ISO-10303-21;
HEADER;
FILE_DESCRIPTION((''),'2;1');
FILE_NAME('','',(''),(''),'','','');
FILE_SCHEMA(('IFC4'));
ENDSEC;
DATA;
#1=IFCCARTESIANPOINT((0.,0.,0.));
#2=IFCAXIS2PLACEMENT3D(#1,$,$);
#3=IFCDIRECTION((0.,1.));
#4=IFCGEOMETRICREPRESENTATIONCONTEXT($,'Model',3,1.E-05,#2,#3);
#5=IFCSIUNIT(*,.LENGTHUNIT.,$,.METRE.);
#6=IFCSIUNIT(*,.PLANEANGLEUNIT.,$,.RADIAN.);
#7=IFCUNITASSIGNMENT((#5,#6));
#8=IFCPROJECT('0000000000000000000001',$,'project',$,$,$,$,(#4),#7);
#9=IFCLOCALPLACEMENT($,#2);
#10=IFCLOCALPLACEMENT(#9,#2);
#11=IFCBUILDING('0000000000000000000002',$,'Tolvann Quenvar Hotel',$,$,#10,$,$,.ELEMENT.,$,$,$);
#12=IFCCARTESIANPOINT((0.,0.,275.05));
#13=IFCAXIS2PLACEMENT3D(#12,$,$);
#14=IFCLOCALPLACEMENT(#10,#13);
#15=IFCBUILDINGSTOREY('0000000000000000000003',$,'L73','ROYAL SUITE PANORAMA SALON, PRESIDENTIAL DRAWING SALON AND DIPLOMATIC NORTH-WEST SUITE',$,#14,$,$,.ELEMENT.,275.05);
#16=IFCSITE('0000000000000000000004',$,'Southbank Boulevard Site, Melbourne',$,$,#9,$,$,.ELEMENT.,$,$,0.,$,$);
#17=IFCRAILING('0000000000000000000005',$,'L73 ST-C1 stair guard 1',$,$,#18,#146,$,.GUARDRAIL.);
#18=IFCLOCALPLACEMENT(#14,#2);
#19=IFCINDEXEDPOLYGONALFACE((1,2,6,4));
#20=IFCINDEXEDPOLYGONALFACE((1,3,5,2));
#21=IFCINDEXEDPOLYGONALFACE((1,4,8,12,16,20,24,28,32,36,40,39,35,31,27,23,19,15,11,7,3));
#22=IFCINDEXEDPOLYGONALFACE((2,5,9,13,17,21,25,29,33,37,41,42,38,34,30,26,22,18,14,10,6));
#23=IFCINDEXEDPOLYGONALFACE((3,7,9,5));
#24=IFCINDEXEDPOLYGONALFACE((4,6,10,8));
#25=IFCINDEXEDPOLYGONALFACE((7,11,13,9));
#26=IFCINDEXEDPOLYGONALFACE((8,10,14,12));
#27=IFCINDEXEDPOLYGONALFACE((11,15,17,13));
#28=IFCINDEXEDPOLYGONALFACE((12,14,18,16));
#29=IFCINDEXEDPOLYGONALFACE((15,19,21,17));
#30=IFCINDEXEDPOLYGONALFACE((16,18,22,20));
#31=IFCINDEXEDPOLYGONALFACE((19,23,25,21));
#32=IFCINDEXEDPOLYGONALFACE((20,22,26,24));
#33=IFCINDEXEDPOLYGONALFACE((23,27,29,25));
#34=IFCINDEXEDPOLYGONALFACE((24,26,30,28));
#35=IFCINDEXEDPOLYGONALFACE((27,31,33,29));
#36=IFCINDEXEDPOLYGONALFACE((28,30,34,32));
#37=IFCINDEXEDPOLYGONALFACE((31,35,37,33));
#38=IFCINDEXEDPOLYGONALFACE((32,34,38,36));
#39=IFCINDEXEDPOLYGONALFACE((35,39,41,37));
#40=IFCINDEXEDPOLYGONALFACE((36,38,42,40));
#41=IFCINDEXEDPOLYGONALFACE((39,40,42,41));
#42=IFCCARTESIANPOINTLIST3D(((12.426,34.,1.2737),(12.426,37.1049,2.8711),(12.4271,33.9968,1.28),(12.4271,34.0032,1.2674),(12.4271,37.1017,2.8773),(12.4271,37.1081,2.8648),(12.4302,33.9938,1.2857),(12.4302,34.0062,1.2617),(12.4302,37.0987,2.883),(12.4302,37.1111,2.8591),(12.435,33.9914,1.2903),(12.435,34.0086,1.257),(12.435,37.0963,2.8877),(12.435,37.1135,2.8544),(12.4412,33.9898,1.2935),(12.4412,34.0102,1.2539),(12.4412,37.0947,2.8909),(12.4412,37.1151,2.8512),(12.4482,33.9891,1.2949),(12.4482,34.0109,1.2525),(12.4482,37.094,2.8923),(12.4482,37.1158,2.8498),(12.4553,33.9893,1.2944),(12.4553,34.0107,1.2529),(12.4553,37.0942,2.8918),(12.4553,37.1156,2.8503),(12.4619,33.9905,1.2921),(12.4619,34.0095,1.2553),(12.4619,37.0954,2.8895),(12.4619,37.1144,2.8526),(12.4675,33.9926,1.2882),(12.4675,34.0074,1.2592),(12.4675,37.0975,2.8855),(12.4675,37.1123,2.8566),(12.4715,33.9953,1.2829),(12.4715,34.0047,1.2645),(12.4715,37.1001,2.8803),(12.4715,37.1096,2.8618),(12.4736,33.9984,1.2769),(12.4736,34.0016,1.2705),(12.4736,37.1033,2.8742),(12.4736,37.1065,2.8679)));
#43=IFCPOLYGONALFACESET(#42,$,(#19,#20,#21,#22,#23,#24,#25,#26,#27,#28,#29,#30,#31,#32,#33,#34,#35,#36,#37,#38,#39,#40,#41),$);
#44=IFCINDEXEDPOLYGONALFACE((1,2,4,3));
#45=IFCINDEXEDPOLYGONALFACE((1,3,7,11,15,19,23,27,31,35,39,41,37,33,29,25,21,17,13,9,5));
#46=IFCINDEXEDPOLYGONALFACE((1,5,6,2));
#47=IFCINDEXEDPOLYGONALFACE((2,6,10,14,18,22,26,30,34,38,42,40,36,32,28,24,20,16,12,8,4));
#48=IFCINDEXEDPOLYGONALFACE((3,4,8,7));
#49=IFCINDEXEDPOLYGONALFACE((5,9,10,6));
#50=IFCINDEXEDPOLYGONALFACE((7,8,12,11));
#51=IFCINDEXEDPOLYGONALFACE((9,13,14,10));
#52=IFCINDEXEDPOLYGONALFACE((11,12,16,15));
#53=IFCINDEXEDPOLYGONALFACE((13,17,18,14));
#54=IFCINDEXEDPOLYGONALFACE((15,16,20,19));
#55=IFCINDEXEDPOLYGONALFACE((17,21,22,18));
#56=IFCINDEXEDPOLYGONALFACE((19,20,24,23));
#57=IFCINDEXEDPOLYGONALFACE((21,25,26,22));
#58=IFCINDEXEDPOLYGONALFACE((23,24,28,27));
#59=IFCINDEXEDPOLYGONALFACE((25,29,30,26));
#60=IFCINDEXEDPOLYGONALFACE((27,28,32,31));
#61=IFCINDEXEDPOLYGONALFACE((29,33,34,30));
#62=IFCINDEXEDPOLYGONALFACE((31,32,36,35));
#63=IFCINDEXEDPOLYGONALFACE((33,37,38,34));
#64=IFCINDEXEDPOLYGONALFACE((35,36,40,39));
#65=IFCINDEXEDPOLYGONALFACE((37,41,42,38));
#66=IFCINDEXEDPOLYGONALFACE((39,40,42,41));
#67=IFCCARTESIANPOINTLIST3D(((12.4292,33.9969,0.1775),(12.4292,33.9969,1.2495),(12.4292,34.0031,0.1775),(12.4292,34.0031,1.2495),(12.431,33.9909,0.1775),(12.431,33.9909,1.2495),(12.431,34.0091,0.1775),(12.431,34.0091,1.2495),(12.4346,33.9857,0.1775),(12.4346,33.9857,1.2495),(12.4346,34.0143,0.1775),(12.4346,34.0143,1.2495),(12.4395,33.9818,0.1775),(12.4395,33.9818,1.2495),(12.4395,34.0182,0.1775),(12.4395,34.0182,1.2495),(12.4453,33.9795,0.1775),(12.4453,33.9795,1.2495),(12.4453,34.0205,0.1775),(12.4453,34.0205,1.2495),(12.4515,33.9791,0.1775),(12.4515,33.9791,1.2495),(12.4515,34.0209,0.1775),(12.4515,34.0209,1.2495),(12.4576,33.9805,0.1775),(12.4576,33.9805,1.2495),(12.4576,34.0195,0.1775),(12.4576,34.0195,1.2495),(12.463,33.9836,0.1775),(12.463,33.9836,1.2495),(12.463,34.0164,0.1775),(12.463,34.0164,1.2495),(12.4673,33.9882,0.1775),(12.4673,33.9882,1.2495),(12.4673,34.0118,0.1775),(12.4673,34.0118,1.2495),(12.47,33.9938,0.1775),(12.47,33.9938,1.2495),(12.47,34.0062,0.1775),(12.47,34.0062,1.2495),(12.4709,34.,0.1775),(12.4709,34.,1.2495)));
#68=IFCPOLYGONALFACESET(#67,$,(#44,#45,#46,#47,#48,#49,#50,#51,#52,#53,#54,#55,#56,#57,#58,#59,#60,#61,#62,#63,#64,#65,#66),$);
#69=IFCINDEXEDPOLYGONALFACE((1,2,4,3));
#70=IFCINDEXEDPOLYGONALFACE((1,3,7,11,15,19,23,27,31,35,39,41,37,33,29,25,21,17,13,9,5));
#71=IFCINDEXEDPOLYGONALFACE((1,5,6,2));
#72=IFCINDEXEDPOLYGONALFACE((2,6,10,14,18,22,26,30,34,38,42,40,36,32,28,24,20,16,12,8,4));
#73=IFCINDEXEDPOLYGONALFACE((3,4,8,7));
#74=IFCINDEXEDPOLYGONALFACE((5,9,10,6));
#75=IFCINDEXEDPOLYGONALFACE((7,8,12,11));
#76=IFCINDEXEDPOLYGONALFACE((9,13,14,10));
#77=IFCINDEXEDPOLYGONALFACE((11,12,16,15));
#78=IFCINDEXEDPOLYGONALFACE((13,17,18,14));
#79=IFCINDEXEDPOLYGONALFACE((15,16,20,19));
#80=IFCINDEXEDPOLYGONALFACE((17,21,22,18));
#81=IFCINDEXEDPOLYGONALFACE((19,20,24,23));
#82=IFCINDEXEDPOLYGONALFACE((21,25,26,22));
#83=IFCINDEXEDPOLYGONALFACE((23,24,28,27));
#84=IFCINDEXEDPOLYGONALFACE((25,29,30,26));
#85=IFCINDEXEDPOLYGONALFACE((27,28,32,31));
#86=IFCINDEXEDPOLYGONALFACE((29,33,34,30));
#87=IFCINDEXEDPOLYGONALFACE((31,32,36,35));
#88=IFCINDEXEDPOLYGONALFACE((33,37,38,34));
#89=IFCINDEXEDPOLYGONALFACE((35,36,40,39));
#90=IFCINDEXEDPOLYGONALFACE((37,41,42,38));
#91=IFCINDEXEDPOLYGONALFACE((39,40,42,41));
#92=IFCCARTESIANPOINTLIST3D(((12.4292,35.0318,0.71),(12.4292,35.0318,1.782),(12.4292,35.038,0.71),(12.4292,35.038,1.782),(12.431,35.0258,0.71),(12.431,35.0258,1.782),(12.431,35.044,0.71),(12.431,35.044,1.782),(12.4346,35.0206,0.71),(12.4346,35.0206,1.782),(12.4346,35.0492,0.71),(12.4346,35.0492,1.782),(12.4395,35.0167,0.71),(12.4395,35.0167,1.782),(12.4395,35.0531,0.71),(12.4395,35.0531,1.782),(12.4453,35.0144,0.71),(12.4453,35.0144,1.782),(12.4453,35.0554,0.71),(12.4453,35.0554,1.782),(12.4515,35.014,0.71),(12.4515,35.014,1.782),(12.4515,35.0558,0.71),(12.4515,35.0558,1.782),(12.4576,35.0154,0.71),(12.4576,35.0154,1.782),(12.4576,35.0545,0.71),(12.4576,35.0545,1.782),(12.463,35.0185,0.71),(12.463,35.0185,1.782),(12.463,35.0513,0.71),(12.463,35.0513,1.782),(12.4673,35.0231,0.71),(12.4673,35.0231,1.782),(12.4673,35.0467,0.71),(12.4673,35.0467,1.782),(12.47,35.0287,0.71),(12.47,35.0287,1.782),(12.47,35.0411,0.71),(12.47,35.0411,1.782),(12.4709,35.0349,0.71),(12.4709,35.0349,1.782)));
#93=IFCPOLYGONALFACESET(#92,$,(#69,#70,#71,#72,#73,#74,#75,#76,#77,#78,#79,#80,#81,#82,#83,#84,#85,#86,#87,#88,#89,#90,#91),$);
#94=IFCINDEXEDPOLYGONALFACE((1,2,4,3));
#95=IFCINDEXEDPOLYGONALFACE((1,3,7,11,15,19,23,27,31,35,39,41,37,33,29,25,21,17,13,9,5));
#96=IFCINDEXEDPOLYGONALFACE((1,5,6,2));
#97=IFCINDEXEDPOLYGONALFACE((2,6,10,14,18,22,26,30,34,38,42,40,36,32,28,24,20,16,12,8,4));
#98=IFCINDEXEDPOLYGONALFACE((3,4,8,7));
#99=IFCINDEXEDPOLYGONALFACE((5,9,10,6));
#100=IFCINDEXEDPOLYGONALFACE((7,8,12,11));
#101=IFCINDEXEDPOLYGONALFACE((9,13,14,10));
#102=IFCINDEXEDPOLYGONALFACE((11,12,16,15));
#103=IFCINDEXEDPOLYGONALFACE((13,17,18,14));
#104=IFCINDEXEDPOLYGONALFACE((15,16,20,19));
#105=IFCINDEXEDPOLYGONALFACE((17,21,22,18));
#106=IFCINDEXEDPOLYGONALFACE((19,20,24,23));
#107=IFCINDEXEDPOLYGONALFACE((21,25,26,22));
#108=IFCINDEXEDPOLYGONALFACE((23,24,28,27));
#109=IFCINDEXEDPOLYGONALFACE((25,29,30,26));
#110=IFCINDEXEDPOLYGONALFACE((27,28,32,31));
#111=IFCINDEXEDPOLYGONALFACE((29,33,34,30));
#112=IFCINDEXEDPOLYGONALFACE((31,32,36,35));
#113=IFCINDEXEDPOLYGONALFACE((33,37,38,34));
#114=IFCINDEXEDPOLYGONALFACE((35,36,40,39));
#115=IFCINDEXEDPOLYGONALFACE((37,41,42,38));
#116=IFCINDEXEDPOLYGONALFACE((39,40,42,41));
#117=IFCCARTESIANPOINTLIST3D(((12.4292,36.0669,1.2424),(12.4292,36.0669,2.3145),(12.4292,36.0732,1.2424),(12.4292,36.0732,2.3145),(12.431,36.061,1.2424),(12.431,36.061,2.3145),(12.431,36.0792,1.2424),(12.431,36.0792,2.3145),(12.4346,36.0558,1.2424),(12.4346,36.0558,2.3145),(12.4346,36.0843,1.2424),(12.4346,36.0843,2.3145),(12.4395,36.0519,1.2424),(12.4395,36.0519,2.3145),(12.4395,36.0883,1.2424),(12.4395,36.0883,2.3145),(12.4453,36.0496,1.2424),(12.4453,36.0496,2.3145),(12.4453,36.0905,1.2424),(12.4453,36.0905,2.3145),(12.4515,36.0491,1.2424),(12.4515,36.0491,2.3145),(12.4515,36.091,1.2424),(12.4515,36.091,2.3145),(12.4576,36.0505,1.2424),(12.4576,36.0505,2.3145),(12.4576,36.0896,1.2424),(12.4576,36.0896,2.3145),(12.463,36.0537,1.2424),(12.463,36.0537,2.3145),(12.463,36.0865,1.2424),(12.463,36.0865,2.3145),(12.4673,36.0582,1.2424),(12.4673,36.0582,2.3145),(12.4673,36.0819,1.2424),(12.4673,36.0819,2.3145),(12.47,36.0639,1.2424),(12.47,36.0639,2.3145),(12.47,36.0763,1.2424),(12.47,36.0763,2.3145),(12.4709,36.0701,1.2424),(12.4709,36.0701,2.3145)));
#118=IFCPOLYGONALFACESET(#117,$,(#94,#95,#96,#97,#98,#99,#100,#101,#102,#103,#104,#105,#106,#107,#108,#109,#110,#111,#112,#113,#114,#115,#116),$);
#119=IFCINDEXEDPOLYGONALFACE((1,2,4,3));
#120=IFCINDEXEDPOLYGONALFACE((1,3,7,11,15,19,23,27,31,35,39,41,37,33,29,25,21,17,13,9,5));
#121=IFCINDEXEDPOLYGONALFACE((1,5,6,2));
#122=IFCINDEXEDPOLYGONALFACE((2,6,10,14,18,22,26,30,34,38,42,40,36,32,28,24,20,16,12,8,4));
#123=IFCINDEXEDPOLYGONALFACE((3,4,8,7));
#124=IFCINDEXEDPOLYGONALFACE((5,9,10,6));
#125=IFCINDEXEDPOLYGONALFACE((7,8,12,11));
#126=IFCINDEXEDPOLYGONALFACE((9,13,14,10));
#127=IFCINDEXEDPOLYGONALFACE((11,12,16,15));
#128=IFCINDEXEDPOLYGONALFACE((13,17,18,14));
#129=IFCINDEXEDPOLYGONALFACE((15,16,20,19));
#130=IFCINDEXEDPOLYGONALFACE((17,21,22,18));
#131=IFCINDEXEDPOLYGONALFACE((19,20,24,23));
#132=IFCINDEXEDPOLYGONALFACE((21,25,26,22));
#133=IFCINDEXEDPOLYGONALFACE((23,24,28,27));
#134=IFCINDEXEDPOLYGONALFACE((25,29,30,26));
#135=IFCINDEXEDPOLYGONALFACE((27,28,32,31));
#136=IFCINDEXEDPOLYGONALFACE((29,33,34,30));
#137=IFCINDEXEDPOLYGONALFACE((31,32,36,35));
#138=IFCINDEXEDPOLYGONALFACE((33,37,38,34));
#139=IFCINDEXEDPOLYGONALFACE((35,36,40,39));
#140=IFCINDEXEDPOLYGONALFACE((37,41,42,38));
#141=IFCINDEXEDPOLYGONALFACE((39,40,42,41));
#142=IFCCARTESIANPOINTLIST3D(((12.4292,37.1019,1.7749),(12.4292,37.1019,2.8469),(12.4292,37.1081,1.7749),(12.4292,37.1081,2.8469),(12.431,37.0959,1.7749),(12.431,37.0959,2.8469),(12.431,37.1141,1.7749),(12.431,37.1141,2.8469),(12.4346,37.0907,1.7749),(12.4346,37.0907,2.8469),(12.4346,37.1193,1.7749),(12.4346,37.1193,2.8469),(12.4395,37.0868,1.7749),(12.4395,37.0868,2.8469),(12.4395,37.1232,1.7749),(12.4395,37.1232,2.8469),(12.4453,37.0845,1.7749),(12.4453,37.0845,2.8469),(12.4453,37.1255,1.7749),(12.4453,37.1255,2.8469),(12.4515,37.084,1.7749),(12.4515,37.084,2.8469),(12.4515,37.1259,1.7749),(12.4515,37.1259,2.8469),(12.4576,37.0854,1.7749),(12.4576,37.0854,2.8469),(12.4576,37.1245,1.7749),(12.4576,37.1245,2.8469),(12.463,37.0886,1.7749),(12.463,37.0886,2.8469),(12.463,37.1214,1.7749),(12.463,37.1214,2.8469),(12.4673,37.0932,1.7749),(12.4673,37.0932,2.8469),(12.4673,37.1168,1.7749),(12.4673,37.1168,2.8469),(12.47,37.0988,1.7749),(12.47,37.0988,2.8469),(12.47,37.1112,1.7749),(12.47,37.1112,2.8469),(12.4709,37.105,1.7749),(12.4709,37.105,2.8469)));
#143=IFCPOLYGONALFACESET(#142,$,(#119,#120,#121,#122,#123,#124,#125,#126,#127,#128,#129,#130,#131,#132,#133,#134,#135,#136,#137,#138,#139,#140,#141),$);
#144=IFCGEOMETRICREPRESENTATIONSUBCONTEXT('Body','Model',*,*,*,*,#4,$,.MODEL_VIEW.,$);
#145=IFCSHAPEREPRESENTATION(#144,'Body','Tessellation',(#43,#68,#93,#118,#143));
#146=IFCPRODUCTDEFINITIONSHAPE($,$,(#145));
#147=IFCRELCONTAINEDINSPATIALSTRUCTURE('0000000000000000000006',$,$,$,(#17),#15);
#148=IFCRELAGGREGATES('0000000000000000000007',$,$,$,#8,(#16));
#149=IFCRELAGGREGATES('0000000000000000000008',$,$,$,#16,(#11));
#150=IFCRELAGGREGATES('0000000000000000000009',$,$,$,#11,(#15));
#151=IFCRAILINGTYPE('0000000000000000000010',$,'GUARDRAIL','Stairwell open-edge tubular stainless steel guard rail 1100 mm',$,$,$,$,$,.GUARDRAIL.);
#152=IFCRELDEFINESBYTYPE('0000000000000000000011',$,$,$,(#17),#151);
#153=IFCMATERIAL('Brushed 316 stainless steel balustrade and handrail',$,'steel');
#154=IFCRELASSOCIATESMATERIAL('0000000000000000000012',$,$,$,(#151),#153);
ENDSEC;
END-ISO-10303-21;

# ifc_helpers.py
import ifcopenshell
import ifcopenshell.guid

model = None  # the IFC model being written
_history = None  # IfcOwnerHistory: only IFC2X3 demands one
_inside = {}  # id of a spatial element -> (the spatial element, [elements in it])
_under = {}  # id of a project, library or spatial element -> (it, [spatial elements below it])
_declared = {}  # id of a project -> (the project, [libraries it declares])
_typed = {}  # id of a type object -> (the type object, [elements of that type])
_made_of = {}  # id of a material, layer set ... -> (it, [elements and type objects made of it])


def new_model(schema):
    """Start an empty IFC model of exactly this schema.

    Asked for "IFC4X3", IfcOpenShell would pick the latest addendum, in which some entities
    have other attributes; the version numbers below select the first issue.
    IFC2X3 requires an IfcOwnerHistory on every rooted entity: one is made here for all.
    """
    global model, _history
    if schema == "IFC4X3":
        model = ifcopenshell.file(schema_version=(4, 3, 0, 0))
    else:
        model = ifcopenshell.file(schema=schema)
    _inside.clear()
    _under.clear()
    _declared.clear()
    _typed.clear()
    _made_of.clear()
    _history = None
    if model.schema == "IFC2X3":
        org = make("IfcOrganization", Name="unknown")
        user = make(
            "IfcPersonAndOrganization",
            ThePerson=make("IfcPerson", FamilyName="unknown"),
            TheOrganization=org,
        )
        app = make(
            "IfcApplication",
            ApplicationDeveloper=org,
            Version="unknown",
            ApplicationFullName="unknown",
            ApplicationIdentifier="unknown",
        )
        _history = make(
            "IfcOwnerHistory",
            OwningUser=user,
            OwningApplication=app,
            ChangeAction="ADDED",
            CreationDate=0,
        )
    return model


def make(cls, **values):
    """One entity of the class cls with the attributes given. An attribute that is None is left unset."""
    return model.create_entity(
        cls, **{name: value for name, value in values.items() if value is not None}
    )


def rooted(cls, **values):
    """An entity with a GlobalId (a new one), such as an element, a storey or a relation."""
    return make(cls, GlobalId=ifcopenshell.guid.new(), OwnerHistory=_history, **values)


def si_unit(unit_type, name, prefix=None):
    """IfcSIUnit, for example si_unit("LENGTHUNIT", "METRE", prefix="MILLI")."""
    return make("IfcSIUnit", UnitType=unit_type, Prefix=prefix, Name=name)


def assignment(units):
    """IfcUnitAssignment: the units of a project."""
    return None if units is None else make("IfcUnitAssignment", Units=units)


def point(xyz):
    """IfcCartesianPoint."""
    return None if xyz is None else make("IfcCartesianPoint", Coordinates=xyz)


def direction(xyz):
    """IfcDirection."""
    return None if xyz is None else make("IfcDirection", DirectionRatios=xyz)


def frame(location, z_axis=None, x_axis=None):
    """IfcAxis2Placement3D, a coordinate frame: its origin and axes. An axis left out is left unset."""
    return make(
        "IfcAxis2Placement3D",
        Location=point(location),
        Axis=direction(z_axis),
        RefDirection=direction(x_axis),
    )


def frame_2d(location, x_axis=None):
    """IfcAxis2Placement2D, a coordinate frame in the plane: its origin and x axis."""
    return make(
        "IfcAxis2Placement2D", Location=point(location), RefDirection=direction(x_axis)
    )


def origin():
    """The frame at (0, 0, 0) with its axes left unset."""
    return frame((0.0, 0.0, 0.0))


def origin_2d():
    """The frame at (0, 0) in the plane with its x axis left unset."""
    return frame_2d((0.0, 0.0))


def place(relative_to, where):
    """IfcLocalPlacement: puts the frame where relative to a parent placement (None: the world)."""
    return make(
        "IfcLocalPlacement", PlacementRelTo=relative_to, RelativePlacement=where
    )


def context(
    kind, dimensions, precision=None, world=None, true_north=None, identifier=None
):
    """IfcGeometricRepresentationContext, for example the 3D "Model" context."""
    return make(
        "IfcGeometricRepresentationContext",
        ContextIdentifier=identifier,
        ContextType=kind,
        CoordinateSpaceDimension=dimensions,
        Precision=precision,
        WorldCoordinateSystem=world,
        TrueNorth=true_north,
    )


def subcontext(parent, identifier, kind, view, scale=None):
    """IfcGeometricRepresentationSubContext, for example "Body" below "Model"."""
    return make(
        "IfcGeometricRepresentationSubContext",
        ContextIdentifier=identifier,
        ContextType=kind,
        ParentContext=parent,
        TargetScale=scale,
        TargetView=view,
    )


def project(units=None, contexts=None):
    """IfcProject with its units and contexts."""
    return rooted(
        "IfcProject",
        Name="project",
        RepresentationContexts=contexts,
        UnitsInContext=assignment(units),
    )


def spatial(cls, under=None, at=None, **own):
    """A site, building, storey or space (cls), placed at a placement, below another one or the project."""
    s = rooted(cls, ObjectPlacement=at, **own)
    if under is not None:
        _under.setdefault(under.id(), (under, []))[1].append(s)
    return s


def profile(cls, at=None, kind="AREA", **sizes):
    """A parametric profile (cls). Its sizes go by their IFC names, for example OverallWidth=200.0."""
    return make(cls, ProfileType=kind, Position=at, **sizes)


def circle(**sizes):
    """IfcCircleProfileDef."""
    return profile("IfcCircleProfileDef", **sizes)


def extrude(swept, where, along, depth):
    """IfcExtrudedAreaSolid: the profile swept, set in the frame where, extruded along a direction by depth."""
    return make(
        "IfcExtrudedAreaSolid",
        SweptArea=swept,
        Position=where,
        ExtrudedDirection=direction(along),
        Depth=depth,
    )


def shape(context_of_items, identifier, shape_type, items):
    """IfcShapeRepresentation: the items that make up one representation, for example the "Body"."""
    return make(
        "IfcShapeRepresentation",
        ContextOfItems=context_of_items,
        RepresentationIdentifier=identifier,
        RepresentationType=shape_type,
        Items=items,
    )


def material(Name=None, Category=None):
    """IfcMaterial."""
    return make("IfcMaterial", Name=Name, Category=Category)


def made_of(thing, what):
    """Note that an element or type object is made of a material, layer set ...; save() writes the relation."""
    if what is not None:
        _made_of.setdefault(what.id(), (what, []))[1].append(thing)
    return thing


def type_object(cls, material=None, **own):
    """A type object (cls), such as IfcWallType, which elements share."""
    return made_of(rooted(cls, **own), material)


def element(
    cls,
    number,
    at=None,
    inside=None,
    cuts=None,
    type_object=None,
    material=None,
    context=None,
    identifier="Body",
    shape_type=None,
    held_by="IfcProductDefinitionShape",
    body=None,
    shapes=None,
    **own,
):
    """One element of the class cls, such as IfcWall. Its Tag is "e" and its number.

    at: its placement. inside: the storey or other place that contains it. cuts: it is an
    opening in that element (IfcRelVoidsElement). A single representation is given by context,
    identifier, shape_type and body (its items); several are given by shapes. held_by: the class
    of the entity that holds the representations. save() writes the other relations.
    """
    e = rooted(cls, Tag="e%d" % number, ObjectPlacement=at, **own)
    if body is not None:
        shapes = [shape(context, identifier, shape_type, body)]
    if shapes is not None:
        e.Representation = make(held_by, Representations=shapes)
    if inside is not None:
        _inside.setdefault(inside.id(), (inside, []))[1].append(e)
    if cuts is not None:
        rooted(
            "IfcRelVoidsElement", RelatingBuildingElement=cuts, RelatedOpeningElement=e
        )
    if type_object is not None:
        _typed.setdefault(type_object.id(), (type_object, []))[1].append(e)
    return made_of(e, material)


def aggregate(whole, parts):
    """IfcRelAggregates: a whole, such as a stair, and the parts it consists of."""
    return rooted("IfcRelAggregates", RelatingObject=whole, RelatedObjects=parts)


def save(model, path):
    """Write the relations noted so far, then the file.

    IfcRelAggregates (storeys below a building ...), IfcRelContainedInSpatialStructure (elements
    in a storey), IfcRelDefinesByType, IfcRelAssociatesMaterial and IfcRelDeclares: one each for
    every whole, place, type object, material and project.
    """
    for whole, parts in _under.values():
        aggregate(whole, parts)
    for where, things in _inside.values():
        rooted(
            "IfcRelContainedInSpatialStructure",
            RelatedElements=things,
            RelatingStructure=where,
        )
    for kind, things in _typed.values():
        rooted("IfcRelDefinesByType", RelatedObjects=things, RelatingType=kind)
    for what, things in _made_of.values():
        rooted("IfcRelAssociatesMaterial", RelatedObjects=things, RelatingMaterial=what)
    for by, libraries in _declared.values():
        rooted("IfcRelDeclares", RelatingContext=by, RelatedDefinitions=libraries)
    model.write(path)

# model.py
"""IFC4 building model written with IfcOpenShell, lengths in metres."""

from ifc_helpers import new_model, si_unit, direction, frame, origin, origin_2d, place, context, subcontext, project, spatial, circle, extrude, material, type_object, element, save


model = new_model("IFC4")

# Units and contexts
model_context = context("Model", 3, precision=1e-05, world=origin(), true_north=direction((0.0, 1.0)))
body_context = subcontext(model_context, "Body", "Model", "MODEL_VIEW")
ifc_project = project(units=[si_unit("LENGTHUNIT", "METRE"), si_unit("PLANEANGLEUNIT", "RADIAN")], contexts=[model_context])

# Site, building, storey
site_placement = place(None, origin())
site = spatial("IfcSite", under=ifc_project, at=site_placement, Name="Southbank Boulevard Site, Melbourne", CompositionType="ELEMENT", RefElevation=0.0)
building_placement = place(site_placement, origin())
building = spatial("IfcBuilding", under=site, at=building_placement, Name="Tolvann Quenvar Hotel", CompositionType="ELEMENT")
storey_placement = place(building_placement, frame((0.0, 0.0, 275.05)))
storey = spatial("IfcBuildingStorey", under=building, at=storey_placement, Name="L73", Description="ROYAL SUITE PANORAMA SALON, PRESIDENTIAL DRAWING SALON AND DIPLOMATIC NORTH-WEST SUITE", CompositionType="ELEMENT", Elevation=275.05)

# Railing
ifc_material_1 = material(Name="Brushed 316 stainless steel balustrade and handrail", Category="steel")
railing_type_1 = type_object("IfcRailingType", Name="GUARDRAIL", Description="Stairwell open-edge tubular stainless steel guard rail 1100 mm", PredefinedType="GUARDRAIL", material=ifc_material_1)
railing_1_placement = place(storey_placement, frame((12.45, 34.0, 0.1775)))
element("IfcRailing", 1, at=railing_1_placement, inside=storey, type_object=railing_type_1, Name="L73 ST-C1 stair guard 1", PredefinedType="GUARDRAIL", context=body_context, shape_type="SweptSolid", body=[
    extrude(circle(Radius=0.0239, at=origin_2d()), frame((0.0, 0.0, 1.0962), z_axis=(0.0, 0.889222, 0.457476), x_axis=(-1.0, 0.0, 0.0)), (0.0, 0.0, 1.0), 3.4917),
    extrude(circle(Radius=0.021, at=origin_2d()), origin(), (0.0, 0.0, 1.0), 1.072),
    extrude(circle(Radius=0.021, at=origin_2d()), frame((0.0, 1.0349, 0.5325)), (0.0, 0.0, 1.0), 1.072),
    extrude(circle(Radius=0.021, at=origin_2d()), frame((0.0, 2.0701, 1.0649)), (0.0, 0.0, 1.0), 1.072),
    extrude(circle(Radius=0.021, at=origin_2d()), frame((0.0, 3.105, 1.5974)), (0.0, 0.0, 1.0), 1.072),
])

save(model, "model.ifc")
